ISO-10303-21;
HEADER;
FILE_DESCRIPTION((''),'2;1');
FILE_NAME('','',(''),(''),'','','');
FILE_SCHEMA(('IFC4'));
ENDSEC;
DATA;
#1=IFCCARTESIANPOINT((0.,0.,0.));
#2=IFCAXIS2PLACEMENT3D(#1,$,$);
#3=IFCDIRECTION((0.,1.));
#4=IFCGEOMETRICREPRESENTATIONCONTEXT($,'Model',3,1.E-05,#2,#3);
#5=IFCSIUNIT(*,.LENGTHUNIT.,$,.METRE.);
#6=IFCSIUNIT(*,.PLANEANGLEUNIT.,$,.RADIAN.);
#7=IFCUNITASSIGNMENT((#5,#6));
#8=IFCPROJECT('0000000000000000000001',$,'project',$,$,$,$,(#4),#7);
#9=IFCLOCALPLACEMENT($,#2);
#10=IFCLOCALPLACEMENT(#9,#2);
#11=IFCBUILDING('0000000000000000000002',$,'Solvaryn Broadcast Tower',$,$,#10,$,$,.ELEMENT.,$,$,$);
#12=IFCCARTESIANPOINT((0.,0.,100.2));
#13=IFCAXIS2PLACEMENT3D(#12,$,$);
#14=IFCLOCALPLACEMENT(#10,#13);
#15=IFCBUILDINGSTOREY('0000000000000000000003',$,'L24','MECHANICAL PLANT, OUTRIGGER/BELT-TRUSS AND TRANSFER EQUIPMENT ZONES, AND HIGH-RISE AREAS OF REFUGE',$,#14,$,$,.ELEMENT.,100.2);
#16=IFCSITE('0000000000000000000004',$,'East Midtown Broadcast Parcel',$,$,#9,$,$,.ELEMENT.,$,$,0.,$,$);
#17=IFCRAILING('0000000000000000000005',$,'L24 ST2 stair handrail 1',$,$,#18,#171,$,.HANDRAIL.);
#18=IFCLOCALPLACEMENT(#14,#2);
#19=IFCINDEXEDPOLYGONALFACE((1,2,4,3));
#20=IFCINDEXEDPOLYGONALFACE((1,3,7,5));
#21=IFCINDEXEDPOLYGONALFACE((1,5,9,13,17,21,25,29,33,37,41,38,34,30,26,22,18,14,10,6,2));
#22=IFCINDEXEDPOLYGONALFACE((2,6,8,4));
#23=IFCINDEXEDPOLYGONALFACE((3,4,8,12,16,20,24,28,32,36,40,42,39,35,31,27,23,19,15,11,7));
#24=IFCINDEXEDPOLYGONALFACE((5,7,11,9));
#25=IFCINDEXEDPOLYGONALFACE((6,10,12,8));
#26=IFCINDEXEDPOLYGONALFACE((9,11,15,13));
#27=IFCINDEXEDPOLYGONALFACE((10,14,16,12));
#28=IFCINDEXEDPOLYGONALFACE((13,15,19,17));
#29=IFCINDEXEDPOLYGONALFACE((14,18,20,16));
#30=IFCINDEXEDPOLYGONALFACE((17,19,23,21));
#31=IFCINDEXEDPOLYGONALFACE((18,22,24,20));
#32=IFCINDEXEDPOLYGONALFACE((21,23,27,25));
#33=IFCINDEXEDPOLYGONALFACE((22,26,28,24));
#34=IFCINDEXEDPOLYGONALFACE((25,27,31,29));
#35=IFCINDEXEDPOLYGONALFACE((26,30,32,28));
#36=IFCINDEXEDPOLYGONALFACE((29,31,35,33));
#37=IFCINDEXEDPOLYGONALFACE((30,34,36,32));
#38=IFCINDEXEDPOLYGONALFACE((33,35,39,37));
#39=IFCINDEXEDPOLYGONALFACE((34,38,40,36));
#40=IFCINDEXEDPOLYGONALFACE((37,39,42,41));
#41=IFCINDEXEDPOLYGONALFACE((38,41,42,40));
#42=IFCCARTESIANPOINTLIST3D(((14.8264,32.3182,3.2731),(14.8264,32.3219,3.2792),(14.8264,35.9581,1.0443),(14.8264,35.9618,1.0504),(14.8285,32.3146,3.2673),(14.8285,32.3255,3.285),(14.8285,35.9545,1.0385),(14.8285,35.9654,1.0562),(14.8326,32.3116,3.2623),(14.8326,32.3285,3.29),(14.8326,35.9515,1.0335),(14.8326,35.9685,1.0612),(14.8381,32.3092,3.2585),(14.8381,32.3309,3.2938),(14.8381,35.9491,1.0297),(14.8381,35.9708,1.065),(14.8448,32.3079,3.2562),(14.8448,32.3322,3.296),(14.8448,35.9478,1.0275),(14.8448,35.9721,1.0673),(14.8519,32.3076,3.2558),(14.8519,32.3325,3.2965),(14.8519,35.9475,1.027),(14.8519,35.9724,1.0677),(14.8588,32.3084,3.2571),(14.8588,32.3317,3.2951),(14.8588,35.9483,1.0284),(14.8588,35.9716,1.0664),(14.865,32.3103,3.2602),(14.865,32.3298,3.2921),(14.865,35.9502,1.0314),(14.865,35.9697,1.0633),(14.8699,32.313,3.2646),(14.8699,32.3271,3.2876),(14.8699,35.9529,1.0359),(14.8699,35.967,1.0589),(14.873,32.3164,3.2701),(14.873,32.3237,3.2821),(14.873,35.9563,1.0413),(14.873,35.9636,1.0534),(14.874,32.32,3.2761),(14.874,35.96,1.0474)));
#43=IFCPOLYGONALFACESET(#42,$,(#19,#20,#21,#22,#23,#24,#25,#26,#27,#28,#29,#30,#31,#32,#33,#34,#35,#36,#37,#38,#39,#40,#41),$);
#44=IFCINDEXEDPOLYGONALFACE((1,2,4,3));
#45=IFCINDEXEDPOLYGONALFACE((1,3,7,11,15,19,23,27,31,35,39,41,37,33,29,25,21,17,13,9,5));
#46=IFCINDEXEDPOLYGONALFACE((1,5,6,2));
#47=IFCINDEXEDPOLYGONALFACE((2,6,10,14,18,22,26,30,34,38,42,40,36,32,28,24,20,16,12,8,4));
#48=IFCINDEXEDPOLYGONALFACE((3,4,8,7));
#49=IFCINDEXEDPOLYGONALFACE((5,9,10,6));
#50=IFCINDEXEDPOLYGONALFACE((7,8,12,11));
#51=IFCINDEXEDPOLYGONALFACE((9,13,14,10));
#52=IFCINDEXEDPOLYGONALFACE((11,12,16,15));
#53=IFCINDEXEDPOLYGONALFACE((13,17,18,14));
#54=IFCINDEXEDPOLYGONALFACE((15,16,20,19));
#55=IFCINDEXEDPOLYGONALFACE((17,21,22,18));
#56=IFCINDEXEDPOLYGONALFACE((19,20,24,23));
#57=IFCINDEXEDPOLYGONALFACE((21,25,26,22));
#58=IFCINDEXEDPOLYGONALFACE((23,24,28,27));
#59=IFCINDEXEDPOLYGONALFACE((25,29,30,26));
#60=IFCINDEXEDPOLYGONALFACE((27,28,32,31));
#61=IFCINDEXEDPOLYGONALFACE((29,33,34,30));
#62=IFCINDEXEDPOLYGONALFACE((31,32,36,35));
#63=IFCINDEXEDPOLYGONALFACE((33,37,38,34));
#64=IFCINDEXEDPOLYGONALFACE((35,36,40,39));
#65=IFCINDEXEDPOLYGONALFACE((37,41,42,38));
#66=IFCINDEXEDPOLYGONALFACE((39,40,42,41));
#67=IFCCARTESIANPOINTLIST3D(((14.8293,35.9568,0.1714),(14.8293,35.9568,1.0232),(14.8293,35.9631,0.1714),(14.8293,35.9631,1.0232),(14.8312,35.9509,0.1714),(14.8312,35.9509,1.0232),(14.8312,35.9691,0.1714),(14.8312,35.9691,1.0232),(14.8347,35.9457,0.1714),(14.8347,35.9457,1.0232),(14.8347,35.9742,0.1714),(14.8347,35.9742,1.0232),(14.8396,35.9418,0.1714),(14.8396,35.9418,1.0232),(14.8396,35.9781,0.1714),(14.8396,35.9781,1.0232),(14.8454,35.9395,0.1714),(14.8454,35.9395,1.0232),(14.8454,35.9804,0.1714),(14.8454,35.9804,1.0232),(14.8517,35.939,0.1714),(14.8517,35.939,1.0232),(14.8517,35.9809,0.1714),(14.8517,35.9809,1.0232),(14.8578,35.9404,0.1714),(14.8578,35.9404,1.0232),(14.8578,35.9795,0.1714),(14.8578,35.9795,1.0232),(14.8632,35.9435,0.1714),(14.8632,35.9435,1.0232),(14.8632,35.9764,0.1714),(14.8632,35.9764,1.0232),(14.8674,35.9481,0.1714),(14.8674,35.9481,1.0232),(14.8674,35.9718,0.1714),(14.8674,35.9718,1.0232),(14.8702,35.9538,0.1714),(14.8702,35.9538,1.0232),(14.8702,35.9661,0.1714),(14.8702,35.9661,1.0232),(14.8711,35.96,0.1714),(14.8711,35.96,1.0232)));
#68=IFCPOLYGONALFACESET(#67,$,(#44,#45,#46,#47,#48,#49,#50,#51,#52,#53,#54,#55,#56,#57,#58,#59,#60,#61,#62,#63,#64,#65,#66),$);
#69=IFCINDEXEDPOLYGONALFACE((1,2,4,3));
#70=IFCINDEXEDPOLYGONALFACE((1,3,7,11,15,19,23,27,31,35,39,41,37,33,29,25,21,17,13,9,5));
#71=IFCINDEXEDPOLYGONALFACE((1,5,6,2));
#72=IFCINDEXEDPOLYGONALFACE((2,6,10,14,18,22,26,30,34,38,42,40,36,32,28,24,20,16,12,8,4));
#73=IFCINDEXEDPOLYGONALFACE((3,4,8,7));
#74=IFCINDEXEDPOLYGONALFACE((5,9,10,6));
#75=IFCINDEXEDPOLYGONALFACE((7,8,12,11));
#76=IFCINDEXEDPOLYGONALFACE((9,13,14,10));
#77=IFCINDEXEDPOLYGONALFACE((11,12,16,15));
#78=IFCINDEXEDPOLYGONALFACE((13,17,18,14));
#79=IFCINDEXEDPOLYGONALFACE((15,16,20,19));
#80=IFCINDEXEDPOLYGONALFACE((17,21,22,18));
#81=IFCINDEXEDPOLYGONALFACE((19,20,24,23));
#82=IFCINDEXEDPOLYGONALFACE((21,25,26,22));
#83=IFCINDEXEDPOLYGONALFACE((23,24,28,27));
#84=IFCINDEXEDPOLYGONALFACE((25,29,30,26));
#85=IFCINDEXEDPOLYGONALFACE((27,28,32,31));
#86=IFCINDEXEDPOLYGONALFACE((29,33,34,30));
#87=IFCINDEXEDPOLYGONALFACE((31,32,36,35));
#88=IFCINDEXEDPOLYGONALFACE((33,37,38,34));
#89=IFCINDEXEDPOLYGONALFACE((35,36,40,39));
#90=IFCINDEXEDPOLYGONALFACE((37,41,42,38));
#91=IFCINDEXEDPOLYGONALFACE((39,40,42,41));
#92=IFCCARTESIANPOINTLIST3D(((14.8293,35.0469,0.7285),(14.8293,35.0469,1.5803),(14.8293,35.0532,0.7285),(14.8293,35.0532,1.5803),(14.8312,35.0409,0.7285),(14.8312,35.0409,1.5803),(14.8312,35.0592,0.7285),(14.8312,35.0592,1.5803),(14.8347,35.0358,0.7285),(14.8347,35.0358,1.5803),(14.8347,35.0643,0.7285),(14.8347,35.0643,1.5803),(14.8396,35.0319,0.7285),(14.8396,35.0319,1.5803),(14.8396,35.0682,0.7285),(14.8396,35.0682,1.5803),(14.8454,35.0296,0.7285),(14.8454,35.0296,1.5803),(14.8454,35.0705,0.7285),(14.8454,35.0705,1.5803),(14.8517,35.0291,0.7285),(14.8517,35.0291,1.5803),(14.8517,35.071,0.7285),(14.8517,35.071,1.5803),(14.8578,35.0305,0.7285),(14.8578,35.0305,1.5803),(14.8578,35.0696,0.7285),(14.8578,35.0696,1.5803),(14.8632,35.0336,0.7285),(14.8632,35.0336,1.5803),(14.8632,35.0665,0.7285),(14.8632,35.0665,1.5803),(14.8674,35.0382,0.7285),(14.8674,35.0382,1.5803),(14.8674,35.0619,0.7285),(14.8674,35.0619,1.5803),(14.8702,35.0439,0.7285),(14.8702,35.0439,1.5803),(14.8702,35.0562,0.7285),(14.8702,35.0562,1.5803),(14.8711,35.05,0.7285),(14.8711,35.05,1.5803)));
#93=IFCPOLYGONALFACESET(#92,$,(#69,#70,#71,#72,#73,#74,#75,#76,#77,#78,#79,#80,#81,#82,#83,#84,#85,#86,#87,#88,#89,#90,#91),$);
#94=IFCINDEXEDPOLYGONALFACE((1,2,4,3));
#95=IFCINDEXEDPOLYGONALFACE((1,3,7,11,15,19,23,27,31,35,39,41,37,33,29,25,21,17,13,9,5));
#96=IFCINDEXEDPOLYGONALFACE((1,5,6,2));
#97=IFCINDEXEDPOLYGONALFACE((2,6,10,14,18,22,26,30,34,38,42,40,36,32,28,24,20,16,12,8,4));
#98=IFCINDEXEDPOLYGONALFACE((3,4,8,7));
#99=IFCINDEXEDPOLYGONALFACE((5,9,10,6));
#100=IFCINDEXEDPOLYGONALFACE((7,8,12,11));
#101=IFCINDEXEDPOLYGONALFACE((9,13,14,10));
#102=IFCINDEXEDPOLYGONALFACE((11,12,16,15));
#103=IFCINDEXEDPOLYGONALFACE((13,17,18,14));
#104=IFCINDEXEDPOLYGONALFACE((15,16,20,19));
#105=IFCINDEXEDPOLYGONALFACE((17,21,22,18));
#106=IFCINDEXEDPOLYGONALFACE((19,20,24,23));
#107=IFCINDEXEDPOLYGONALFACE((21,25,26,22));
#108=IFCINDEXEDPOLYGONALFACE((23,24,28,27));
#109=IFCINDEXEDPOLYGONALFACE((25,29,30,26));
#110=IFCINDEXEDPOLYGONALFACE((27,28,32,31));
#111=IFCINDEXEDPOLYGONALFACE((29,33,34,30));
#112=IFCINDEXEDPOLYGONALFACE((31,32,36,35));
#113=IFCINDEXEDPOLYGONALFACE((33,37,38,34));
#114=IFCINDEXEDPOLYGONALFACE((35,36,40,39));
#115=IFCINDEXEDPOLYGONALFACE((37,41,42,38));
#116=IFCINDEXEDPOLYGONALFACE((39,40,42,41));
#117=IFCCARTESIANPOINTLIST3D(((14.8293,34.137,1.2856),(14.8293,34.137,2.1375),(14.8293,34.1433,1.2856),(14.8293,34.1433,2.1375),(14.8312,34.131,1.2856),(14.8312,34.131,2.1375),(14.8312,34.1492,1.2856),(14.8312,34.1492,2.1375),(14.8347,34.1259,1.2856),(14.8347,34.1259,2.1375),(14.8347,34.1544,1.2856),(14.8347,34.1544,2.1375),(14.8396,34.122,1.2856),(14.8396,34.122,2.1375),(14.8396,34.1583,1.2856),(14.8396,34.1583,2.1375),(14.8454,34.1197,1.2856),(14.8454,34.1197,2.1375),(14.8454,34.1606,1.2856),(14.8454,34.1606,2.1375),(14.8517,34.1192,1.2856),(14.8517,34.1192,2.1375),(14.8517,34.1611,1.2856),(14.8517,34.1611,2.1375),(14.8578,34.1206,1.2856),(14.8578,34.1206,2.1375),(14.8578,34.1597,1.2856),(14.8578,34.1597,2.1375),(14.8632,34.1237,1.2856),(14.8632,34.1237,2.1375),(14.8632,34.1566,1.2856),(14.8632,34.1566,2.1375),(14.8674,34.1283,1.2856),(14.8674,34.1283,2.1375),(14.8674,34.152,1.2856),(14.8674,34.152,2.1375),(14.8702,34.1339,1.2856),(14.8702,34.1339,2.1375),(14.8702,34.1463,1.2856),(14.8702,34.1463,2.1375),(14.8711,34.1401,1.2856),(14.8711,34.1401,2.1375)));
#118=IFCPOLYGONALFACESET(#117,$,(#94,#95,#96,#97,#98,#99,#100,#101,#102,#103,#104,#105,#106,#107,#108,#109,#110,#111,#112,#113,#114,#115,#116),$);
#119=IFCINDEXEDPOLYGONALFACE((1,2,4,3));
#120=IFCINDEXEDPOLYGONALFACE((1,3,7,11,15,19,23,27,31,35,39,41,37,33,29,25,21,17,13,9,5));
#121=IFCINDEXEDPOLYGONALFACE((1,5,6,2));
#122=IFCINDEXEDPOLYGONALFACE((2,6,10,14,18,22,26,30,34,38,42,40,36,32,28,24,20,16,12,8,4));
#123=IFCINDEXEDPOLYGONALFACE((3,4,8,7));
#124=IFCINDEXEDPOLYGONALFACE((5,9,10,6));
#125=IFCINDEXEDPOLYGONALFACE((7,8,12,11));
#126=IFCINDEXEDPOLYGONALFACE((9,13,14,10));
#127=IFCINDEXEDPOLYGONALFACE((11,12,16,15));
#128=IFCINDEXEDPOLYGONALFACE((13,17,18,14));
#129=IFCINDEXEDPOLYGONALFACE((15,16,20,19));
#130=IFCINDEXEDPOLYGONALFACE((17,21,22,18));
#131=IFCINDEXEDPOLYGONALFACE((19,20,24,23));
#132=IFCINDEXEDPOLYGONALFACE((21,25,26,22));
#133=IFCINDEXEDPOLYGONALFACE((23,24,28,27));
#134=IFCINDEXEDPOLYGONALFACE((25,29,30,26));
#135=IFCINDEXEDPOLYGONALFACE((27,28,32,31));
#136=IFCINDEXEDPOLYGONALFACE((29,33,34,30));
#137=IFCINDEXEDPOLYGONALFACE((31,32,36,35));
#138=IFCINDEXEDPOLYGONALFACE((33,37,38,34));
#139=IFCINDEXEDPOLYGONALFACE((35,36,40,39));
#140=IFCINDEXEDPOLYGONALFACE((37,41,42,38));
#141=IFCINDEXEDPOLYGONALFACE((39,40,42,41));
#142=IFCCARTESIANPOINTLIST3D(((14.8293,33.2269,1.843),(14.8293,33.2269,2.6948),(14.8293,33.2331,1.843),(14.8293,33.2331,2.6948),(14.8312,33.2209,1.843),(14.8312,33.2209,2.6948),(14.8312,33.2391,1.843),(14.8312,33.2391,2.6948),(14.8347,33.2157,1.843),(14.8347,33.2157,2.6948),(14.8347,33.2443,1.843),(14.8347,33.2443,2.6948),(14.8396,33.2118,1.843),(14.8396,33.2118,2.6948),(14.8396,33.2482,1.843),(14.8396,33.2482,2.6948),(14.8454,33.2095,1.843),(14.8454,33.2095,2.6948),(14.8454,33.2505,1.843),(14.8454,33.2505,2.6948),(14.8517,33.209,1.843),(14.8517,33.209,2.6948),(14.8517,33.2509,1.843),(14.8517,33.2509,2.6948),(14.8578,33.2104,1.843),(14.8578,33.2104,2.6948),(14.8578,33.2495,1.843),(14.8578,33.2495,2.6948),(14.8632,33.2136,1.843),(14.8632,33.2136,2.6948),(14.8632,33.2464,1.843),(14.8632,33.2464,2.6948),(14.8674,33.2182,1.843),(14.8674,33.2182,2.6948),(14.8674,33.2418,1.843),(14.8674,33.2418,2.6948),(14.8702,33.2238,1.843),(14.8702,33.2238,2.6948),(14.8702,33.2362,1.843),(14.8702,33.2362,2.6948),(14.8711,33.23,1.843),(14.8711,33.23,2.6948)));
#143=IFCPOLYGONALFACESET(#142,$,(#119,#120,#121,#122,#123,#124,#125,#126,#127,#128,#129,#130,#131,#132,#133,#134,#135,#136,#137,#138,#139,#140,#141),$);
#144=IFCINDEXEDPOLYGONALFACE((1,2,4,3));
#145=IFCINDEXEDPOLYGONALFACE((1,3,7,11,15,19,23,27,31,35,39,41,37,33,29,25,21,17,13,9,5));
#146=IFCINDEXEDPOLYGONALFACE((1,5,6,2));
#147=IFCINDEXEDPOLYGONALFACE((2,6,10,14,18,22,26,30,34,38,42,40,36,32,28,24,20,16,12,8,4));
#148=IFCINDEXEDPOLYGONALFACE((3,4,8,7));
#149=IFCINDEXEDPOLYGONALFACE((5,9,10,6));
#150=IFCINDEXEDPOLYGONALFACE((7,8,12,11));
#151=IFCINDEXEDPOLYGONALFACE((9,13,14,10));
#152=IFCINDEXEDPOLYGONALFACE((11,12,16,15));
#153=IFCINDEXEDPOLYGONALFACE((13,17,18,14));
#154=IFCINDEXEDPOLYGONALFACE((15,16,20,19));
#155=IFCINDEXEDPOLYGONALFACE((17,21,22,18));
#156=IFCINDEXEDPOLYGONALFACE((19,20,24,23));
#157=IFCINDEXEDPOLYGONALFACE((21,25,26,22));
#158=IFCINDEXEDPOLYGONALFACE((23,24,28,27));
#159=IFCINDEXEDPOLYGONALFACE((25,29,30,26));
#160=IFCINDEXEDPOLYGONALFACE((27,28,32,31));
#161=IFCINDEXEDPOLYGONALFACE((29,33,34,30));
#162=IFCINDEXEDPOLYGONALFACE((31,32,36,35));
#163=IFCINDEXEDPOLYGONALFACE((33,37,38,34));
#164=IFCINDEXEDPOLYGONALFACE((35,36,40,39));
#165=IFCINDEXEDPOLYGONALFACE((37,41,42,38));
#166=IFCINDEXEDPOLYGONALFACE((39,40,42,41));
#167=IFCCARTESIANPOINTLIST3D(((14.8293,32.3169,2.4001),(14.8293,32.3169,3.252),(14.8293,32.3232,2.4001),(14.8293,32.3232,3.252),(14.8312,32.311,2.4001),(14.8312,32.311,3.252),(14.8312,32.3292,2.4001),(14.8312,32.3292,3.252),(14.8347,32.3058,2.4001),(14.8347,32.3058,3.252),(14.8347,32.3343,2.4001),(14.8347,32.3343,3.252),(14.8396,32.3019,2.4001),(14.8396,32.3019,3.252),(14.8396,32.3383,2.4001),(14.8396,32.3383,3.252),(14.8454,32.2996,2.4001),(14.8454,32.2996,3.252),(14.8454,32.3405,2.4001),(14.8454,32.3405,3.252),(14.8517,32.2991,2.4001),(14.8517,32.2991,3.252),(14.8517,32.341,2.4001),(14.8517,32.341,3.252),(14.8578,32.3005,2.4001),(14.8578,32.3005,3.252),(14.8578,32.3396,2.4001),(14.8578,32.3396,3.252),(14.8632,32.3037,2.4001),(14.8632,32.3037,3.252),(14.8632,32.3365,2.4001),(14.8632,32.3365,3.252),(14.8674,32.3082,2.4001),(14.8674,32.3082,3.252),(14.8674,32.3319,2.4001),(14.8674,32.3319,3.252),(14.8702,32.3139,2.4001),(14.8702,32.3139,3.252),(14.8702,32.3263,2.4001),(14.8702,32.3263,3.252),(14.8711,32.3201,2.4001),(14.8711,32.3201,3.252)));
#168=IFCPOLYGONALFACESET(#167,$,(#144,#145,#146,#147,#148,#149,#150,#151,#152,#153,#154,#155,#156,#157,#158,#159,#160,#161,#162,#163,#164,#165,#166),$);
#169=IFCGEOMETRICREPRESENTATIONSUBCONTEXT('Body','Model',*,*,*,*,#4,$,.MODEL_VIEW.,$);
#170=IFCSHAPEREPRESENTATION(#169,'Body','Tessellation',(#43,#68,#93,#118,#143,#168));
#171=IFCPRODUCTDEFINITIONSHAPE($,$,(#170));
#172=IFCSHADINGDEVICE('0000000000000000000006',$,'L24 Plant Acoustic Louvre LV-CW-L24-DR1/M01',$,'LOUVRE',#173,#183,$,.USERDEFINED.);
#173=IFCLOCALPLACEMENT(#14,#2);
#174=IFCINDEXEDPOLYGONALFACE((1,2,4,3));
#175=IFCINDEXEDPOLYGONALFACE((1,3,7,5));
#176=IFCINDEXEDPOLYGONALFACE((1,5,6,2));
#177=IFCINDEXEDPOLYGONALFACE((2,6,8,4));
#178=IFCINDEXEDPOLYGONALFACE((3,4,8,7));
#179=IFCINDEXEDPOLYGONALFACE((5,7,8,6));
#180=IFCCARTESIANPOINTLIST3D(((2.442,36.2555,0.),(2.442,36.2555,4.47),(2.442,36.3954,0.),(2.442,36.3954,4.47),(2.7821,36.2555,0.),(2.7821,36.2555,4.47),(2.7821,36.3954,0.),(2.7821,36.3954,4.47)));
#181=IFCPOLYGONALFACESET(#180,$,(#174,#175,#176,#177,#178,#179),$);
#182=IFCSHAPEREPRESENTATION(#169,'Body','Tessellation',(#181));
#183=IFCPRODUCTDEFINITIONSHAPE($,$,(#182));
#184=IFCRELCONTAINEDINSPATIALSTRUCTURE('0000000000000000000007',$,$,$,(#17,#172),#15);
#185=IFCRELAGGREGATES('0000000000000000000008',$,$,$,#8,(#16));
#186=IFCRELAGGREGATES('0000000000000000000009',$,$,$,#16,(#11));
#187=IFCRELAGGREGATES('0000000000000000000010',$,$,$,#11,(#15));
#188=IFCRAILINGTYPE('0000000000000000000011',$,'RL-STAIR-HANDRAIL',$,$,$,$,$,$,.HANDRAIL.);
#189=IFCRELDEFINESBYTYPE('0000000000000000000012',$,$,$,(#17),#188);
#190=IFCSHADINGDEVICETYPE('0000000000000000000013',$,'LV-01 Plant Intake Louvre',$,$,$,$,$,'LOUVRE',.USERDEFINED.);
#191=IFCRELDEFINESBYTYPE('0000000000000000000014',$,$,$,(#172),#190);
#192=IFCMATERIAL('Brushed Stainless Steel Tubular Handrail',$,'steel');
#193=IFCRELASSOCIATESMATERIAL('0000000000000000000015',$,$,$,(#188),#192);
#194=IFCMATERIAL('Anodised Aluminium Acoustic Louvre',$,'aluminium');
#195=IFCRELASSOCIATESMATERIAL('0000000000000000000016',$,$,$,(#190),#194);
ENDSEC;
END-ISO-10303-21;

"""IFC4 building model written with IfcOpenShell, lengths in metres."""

from ifc_helpers import new_model, si_unit, direction, frame, origin, origin_2d, place, context, subcontext, project, spatial, rectangle, circle, extrude, material, type_object, element, save


model = new_model("IFC4")

# Units and contexts
model_context = context("Model", 3, precision=1e-05, world=origin(), true_north=direction((0.0, 1.0)))
body_context = subcontext(model_context, "Body", "Model", "MODEL_VIEW")
ifc_project = project(units=[si_unit("LENGTHUNIT", "METRE"), si_unit("PLANEANGLEUNIT", "RADIAN")], contexts=[model_context])

# Site, building, storey
site_placement = place(None, origin())
site = spatial("IfcSite", under=ifc_project, at=site_placement, Name="East Midtown Broadcast Parcel", CompositionType="ELEMENT", RefElevation=0.0)
building_placement = place(site_placement, origin())
building = spatial("IfcBuilding", under=site, at=building_placement, Name="Solvaryn Broadcast Tower", CompositionType="ELEMENT")
storey_placement = place(building_placement, frame((0.0, 0.0, 100.2)))
storey = spatial("IfcBuildingStorey", under=building, at=storey_placement, Name="L24", Description="MECHANICAL PLANT, OUTRIGGER/BELT-TRUSS AND TRANSFER EQUIPMENT ZONES, AND HIGH-RISE AREAS OF REFUGE", CompositionType="ELEMENT", Elevation=100.2)

# Railing
ifc_material_1 = material(Name="Brushed Stainless Steel Tubular Handrail", Category="steel")
railing_type_1 = type_object("IfcRailingType", Name="RL-STAIR-HANDRAIL", PredefinedType="HANDRAIL", material=ifc_material_1)
for number, where, name in (
    (1, (14.8501, 35.96, 0.1714), "L24 ST2 stair handrail 1"),
):
    element("IfcRailing", number, at=place(storey_placement, frame(where)), inside=storey, type_object=railing_type_1, Name=name, PredefinedType="HANDRAIL", context=body_context, shape_type="SweptSolid", body=[
        extrude(circle(Radius=0.0239, at=origin_2d()), frame((0.0, 0.0, 0.876), z_axis=(0.0, -0.852825, 0.522197), x_axis=(1.0, 0.0, 0.0)), (0.0, 0.0, 1.0), 4.2681),
        extrude(circle(Radius=0.021, at=origin_2d()), origin(), (0.0, 0.0, 1.0), 0.8518),
        extrude(circle(Radius=0.021, at=origin_2d()), frame((0.0, -0.9099, 0.5571)), (0.0, 0.0, 1.0), 0.8518),
        extrude(circle(Radius=0.021, at=origin_2d()), frame((0.0, -1.8198, 1.1143)), (0.0, 0.0, 1.0), 0.8518),
        extrude(circle(Radius=0.021, at=origin_2d()), frame((0.0, -2.73, 1.6716)), (0.0, 0.0, 1.0), 0.8518),
        extrude(circle(Radius=0.021, at=origin_2d()), frame((0.0, -3.6399, 2.2288)), (0.0, 0.0, 1.0), 0.8518),
    ])

# Shading device
ifc_material_2 = material(Name="Anodised Aluminium Acoustic Louvre", Category="aluminium")
shading_device_type = type_object("IfcShadingDeviceType", Name="LV-01 Plant Intake Louvre", ElementType="LOUVRE", PredefinedType="USERDEFINED", material=ifc_material_2)
shading_device_placement = place(storey_placement, frame((2.6121, 36.3254, 0.0), z_axis=(0.0, 0.0, 1.0), x_axis=(1.0, 0.0, 0.0)))
element("IfcShadingDevice", 2, at=shading_device_placement, inside=storey, type_object=shading_device_type, Name="L24 Plant Acoustic Louvre LV-CW-L24-DR1/M01", ObjectType="LOUVRE", PredefinedType="USERDEFINED", context=body_context, shape_type="SweptSolid", body=[
    extrude(rectangle(XDim=0.3401, YDim=0.1399, at=origin_2d()), origin(), (0.0, 0.0, 1.0), 4.47),
])

save(model, "model.ifc")
